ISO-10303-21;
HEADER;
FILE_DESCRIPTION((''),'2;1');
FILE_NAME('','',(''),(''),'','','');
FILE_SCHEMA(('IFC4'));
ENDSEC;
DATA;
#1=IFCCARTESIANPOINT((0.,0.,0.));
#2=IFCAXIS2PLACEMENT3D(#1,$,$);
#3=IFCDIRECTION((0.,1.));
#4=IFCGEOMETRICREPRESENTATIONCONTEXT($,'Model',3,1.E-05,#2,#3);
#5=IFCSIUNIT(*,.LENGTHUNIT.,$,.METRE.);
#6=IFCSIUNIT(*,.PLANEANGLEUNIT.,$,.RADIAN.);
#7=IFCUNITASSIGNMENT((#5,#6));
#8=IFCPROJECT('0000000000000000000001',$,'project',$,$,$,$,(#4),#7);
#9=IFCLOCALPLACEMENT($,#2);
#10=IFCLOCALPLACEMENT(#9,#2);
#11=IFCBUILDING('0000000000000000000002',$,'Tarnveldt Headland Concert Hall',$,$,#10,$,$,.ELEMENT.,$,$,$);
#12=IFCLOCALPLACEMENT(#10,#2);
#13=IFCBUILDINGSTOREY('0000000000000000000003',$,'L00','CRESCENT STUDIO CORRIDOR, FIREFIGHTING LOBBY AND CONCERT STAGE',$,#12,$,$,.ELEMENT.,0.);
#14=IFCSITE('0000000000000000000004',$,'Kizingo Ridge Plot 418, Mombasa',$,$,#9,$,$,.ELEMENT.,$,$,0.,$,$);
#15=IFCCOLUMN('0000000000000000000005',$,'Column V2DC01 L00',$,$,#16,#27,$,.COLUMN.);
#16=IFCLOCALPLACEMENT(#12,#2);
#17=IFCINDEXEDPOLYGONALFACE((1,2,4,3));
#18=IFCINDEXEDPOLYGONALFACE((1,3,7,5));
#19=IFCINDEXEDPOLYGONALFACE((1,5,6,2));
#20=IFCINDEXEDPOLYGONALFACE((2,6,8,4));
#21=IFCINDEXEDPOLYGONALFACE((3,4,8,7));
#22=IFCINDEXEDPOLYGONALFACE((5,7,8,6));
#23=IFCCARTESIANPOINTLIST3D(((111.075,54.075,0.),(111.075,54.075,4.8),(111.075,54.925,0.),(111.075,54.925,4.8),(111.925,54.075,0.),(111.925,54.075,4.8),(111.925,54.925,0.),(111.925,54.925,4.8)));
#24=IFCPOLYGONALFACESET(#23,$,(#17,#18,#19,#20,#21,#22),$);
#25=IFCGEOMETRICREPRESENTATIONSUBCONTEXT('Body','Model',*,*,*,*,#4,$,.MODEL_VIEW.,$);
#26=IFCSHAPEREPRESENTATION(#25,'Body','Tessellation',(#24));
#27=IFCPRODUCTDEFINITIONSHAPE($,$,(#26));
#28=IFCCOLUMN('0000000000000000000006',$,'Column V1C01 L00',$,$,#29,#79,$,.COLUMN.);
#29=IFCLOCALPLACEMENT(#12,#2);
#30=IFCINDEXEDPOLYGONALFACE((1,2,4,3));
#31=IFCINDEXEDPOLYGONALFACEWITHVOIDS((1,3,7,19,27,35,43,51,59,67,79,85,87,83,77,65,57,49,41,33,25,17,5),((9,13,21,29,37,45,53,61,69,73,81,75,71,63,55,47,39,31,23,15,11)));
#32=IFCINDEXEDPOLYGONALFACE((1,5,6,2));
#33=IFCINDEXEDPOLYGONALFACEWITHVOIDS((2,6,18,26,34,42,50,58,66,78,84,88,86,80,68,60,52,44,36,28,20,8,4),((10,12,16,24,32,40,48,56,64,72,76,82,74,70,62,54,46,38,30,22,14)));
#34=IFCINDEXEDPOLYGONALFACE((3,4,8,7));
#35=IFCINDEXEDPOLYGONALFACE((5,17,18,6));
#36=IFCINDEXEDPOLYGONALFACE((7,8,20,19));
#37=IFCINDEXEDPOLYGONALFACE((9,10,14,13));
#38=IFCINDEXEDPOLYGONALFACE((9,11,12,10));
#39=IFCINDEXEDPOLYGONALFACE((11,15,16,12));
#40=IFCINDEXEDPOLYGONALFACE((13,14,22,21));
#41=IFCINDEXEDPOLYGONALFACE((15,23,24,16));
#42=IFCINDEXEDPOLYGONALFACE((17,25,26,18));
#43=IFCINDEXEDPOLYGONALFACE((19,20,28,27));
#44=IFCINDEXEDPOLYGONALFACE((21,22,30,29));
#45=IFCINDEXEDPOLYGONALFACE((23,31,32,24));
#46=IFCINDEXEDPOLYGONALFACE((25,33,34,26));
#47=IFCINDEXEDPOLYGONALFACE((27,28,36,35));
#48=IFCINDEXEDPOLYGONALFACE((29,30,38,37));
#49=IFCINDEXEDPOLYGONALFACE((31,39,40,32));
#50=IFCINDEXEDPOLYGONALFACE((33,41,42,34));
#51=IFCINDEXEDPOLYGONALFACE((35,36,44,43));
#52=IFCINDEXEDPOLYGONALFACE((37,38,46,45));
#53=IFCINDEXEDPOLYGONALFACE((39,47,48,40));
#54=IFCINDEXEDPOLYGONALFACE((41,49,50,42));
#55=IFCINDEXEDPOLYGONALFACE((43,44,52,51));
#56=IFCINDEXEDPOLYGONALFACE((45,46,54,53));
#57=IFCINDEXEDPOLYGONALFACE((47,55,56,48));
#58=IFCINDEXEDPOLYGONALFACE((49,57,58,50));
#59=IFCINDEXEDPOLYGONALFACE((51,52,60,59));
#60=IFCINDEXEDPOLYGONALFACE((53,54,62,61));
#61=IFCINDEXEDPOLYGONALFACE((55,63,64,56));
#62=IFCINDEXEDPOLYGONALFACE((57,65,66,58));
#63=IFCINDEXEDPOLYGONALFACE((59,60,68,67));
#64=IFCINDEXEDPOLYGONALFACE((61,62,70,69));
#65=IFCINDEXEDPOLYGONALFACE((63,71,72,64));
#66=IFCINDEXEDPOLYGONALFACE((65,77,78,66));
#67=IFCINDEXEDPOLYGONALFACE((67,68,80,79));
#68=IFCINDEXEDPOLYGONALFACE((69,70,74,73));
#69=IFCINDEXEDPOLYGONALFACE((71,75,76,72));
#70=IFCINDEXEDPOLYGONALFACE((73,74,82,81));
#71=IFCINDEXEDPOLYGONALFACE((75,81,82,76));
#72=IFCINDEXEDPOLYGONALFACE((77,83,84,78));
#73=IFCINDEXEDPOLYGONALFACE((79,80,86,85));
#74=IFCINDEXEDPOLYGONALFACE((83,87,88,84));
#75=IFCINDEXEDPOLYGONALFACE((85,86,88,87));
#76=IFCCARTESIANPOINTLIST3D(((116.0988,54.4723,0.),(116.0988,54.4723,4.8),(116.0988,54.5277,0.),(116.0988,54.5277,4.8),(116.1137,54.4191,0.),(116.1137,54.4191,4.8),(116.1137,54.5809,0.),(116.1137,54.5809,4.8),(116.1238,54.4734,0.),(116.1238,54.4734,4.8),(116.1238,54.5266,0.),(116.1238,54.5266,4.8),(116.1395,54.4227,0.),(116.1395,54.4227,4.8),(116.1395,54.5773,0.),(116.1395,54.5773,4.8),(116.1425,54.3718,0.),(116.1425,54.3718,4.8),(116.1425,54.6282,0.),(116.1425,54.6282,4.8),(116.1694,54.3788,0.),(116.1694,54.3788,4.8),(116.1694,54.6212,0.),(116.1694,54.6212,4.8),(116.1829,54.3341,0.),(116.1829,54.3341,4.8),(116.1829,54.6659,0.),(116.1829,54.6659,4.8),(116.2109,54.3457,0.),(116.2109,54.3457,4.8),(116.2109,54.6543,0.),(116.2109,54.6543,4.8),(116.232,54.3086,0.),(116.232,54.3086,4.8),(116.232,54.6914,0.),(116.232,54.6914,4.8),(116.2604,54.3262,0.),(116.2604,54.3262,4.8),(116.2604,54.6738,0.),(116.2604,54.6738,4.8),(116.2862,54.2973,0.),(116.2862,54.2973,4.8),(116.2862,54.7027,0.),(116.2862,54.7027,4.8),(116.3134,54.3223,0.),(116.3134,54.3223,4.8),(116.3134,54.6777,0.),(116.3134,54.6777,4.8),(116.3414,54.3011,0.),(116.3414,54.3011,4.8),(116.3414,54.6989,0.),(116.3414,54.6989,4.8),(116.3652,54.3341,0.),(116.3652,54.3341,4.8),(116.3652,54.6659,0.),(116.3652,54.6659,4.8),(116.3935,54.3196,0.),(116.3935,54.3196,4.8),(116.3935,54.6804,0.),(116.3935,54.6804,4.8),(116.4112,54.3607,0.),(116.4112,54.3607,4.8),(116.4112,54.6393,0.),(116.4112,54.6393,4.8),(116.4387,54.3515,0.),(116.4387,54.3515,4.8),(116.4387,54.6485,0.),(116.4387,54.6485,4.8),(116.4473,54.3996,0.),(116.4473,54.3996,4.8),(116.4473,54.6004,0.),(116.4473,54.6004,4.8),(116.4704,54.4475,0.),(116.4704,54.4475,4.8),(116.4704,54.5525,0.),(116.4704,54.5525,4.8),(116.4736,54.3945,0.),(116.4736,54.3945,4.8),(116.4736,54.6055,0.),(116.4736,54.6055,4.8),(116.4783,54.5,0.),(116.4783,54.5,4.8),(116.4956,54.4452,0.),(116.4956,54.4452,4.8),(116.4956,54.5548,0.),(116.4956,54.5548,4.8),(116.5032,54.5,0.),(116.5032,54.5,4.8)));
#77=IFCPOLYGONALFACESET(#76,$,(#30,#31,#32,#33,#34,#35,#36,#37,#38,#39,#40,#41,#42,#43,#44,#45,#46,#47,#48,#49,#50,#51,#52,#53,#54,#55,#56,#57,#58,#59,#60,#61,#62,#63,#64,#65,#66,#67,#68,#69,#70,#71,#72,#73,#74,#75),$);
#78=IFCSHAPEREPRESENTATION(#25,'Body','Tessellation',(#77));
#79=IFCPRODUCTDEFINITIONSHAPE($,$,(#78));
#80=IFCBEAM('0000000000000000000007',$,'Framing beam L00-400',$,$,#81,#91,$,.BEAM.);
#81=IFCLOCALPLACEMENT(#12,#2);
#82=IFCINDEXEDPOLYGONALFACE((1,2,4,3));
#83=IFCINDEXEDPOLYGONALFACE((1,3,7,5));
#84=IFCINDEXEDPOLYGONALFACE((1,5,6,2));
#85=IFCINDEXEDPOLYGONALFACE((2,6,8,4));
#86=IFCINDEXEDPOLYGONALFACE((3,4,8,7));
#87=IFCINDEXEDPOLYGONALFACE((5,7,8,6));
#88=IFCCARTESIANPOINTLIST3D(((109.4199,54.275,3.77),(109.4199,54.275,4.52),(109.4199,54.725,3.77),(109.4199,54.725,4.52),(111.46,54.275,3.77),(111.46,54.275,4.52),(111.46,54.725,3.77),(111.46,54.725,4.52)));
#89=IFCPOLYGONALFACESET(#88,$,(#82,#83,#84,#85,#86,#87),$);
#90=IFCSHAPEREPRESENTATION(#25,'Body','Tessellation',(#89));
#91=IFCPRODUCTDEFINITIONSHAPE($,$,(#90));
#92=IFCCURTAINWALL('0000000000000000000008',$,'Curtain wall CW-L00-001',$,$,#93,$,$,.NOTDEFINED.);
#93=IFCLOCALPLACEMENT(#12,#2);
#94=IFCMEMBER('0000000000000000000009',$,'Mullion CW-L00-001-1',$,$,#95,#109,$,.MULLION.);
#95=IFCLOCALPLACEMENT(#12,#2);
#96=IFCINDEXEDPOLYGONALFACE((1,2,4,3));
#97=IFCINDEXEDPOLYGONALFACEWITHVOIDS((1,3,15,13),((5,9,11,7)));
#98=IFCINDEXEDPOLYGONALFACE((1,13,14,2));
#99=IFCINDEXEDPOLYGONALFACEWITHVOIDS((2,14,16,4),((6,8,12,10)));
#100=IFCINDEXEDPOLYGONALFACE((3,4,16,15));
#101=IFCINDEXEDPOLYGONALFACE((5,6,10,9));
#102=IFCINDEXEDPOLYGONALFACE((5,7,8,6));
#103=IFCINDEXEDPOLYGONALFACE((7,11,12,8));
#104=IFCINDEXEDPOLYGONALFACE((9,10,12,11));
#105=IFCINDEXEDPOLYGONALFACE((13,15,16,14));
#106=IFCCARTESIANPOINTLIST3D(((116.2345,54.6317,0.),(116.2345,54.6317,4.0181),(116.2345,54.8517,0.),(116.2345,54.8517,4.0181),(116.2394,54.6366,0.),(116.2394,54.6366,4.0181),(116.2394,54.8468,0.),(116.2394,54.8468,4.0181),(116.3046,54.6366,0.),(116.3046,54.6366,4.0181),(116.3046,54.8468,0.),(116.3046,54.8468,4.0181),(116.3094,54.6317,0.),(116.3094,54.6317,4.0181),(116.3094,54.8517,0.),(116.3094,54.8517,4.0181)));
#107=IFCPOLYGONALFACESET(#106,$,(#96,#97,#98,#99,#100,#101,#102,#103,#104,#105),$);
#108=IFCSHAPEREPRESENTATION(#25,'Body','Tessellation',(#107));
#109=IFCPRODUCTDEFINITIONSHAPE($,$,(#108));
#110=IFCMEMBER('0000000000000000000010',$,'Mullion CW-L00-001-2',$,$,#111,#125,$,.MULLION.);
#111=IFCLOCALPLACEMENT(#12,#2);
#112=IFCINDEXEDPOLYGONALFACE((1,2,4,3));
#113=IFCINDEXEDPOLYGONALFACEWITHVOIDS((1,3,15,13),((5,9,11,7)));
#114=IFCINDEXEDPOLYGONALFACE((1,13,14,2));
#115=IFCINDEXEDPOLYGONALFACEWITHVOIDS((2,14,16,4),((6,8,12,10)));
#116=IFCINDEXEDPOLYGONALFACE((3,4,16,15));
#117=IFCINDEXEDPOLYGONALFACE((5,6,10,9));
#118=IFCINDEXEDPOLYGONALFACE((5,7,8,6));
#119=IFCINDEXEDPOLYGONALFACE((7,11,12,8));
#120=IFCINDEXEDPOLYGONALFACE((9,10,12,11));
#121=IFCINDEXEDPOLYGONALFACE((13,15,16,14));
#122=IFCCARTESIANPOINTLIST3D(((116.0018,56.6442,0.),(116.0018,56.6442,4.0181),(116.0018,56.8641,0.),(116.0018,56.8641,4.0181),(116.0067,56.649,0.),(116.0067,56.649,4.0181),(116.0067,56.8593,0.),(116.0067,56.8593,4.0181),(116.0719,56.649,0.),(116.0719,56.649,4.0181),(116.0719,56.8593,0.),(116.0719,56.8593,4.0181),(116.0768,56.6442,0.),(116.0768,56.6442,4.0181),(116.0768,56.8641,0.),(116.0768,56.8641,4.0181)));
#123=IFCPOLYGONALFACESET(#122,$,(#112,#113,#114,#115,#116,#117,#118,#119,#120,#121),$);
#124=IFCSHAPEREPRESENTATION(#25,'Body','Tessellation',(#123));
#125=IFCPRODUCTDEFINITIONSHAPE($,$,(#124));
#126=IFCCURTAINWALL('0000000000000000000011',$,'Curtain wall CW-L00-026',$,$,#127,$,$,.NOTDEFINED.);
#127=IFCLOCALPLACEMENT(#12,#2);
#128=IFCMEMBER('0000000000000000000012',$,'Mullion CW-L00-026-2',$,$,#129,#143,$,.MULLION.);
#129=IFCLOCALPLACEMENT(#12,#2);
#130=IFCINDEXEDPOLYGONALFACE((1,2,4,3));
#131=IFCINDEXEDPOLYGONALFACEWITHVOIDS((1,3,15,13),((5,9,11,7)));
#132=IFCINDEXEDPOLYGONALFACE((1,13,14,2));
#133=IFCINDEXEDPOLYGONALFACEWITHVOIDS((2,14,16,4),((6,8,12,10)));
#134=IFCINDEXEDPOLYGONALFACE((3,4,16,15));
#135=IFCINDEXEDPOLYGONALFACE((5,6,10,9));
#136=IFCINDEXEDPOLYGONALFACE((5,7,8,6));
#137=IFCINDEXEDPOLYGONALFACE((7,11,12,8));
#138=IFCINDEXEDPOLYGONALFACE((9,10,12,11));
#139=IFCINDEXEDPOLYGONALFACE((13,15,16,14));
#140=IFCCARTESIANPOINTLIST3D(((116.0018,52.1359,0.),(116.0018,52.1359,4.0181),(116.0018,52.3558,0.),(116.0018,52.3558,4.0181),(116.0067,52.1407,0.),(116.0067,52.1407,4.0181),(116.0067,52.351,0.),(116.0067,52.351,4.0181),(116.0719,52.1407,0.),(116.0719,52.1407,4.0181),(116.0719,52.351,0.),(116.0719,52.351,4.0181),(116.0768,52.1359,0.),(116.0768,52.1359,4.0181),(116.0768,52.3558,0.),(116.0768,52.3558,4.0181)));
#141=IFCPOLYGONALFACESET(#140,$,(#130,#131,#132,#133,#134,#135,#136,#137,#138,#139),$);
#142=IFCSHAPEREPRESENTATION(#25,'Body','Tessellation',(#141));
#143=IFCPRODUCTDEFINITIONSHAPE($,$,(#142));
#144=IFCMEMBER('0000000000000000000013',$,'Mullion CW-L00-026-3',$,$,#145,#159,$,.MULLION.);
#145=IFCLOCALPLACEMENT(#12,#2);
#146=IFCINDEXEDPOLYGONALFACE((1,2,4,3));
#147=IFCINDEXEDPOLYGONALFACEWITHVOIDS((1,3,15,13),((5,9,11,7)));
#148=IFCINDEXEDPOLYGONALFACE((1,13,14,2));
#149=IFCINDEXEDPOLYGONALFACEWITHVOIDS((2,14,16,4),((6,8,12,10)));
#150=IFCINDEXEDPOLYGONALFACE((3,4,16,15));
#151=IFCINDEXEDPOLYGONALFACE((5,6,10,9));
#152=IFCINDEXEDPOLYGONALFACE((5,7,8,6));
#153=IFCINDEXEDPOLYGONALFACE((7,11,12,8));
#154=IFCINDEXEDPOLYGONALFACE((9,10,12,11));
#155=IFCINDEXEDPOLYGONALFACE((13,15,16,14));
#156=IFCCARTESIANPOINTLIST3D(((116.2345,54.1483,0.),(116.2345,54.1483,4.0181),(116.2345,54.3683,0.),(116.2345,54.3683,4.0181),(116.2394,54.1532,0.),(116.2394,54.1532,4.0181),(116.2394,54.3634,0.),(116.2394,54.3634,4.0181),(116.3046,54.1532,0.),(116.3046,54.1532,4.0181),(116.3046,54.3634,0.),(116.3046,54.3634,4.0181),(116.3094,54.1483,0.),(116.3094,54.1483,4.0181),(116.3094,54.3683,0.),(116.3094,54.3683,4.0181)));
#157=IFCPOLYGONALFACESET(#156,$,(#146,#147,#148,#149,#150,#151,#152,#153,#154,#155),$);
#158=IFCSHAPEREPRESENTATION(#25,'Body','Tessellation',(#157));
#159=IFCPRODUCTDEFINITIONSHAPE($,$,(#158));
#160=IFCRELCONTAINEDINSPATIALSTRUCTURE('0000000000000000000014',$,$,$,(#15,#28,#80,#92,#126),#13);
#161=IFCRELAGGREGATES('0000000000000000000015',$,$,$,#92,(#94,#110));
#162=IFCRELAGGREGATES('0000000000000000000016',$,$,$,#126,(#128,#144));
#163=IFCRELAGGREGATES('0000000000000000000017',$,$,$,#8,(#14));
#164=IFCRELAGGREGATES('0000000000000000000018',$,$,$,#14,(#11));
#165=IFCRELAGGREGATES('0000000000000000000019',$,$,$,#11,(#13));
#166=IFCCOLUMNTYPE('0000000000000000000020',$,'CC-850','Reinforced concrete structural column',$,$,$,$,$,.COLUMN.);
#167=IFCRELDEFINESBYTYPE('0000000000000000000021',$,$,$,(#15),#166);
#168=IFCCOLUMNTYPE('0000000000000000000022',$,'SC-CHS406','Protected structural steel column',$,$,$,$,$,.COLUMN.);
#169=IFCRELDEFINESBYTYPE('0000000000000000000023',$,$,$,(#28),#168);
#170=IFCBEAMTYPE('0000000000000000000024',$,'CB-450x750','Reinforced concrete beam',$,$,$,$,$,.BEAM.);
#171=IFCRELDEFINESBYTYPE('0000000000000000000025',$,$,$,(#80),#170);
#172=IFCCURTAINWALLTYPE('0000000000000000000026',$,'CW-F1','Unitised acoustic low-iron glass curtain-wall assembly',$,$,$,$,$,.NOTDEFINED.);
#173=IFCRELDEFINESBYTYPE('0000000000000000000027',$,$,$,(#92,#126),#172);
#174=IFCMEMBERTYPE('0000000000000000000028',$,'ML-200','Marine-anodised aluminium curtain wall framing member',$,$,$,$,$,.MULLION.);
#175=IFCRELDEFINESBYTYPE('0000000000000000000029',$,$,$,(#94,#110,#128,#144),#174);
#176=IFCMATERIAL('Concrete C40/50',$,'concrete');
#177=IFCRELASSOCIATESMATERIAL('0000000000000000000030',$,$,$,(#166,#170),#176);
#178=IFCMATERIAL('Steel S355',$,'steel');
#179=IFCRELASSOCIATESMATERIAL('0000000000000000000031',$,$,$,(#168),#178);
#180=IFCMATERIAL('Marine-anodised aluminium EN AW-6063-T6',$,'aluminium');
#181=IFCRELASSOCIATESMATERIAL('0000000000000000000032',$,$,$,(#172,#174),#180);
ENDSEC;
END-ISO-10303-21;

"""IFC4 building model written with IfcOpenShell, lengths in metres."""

from ifc_helpers import new_model, si_unit, direction, frame, origin, origin_2d, place, context, subcontext, project, spatial, rectangle, hollow_rectangle, hollow_circle, extrude, material, material_profile, profile_set, type_object, element, aggregate, save


model = new_model("IFC4")

# Units and contexts
model_context = context("Model", 3, precision=1e-05, world=origin(), true_north=direction((0.0, 1.0)))
body_context = subcontext(model_context, "Body", "Model", "MODEL_VIEW")
ifc_project = project(units=[si_unit("LENGTHUNIT", "METRE"), si_unit("PLANEANGLEUNIT", "RADIAN")], contexts=[model_context])

# Site, building, storey
site_placement = place(None, origin())
site = spatial("IfcSite", under=ifc_project, at=site_placement, Name="Kizingo Ridge Plot 418, Mombasa", CompositionType="ELEMENT", RefElevation=0.0)
building_placement = place(site_placement, origin())
building = spatial("IfcBuilding", under=site, at=building_placement, Name="Tarnveldt Headland Concert Hall", CompositionType="ELEMENT")
storey_placement = place(building_placement, origin())
storey = spatial("IfcBuildingStorey", under=building, at=storey_placement, Name="L00", Description="CRESCENT STUDIO CORRIDOR, FIREFIGHTING LOBBY AND CONCERT STAGE", CompositionType="ELEMENT", Elevation=0.0)

# Columns
ifc_material_1 = material(Name="Concrete C40/50", Category="concrete")
ifc_material_profile_1 = material_profile(ifc_material_1, rectangle(XDim=0.8501, YDim=0.8501, at=origin_2d()), Name="RC 850x850", Category="concrete")
ifc_profile_set_1 = profile_set([ifc_material_profile_1], Name="Concrete C40/50")
column_type_1 = type_object("IfcColumnType", Name="CC-850", Description="Reinforced concrete structural column", PredefinedType="COLUMN", material=ifc_profile_set_1)
column_1_placement = place(storey_placement, frame((111.5, 54.5, 0.0), z_axis=(0.0, 0.0, 1.0), x_axis=(1.0, 0.0, 0.0)))
element("IfcColumn", 1, at=column_1_placement, inside=storey, type_object=column_type_1, Name="Column V2DC01 L00", PredefinedType="COLUMN", context=body_context, shape_type="SweptSolid", body=[
    extrude(rectangle(XDim=0.8501, YDim=0.8501, at=origin_2d()), origin(), (0.0, 0.0, 1.0), 4.8),
])
ifc_material_2 = material(Name="Steel S355", Category="steel")
ifc_material_profile_2 = material_profile(ifc_material_2, hollow_circle(Radius=0.2031, WallThickness=0.0249, at=origin_2d()), Name="CHS 406.4x25", Category="steel")
ifc_profile_set_2 = profile_set([ifc_material_profile_2], Name="Steel S355")
column_type_2 = type_object("IfcColumnType", Name="SC-CHS406", Description="Protected structural steel column", PredefinedType="COLUMN", material=ifc_profile_set_2)
column_2_placement = place(storey_placement, frame((116.3, 54.5, 0.0), z_axis=(0.0, 0.0, 1.0), x_axis=(1.0, 0.0, 0.0)))
element("IfcColumn", 2, at=column_2_placement, inside=storey, type_object=column_type_2, Name="Column V1C01 L00", PredefinedType="COLUMN", context=body_context, shape_type="SweptSolid", body=[
    extrude(hollow_circle(Radius=0.2031, WallThickness=0.0249, at=origin_2d()), origin(), (0.0, 0.0, 1.0), 4.8),
])

# Beam
ifc_material_profile_3 = material_profile(ifc_material_1, rectangle(XDim=0.45, YDim=0.75, at=origin_2d()), Name="RC 450x750", Category="concrete")
ifc_profile_set_3 = profile_set([ifc_material_profile_3], Name="Concrete C40/50")
beam_type_1 = type_object("IfcBeamType", Name="CB-450x750", Description="Reinforced concrete beam", PredefinedType="BEAM", material=ifc_profile_set_3)
beam_1_placement = place(storey_placement, frame((109.4199, 54.5, 4.145), z_axis=(1.0, 0.0, 0.0), x_axis=(0.0, 1.0, 0.0)))
element("IfcBeam", 3, at=beam_1_placement, inside=storey, type_object=beam_type_1, Name="Framing beam L00-400", PredefinedType="BEAM", context=body_context, shape_type="SweptSolid", body=[
    extrude(rectangle(XDim=0.45, YDim=0.75, at=origin_2d()), origin(), (0.0, 0.0, 1.0), 2.04),
])

# Curtain walls, members
ifc_material_3 = material(Name="Marine-anodised aluminium EN AW-6063-T6", Category="aluminium")
curtain_wall_type = type_object("IfcCurtainWallType", Name="CW-F1", Description="Unitised acoustic low-iron glass curtain-wall assembly", PredefinedType="NOTDEFINED", material=ifc_material_3)
curtain_wall_1_placement = place(storey_placement, origin())
curtain_wall_1 = element("IfcCurtainWall", 4, at=curtain_wall_1_placement, inside=storey, type_object=curtain_wall_type, Name="Curtain wall CW-L00-001", PredefinedType="NOTDEFINED")
ifc_material_profile_4 = material_profile(ifc_material_3, hollow_rectangle(XDim=0.075, YDim=0.22, WallThickness=0.0049, at=origin_2d()), Name="ALU MULLION 75x220x5", Category="aluminium")
ifc_profile_set_4 = profile_set([ifc_material_profile_4], Name="Marine-anodised aluminium EN AW-6063-T6")
member_type_1 = type_object("IfcMemberType", Name="ML-200", Description="Marine-anodised aluminium curtain wall framing member", PredefinedType="MULLION", material=ifc_profile_set_4)
member_1_placement = place(storey_placement, frame((116.272, 54.7417, 0.0), z_axis=(0.0, 0.0, 1.0), x_axis=(1.0, 0.0, 0.0)))
member_1 = element("IfcMember", 5, at=member_1_placement, type_object=member_type_1, Name="Mullion CW-L00-001-1", PredefinedType="MULLION", context=body_context, shape_type="SweptSolid", body=[
    extrude(hollow_rectangle(XDim=0.075, YDim=0.22, WallThickness=0.0049, at=origin_2d()), origin(), (0.0, 0.0, 1.0), 4.0181),
])
member_2_placement = place(storey_placement, frame((116.0393, 56.7542, 0.0), z_axis=(0.0, 0.0, 1.0), x_axis=(1.0, 0.0, 0.0)))
member_2 = element("IfcMember", 6, at=member_2_placement, type_object=member_type_1, Name="Mullion CW-L00-001-2", PredefinedType="MULLION", context=body_context, shape_type="SweptSolid", body=[
    extrude(hollow_rectangle(XDim=0.075, YDim=0.22, WallThickness=0.0049, at=origin_2d()), origin(), (0.0, 0.0, 1.0), 4.0181),
])
curtain_wall_2_placement = place(storey_placement, origin())
curtain_wall_2 = element("IfcCurtainWall", 7, at=curtain_wall_2_placement, inside=storey, type_object=curtain_wall_type, Name="Curtain wall CW-L00-026", PredefinedType="NOTDEFINED")
member_3_placement = place(storey_placement, frame((116.0393, 52.2458, 0.0), z_axis=(0.0, 0.0, 1.0), x_axis=(1.0, 0.0, 0.0)))
member_3 = element("IfcMember", 8, at=member_3_placement, type_object=member_type_1, Name="Mullion CW-L00-026-2", PredefinedType="MULLION", context=body_context, shape_type="SweptSolid", body=[
    extrude(hollow_rectangle(XDim=0.075, YDim=0.22, WallThickness=0.0049, at=origin_2d()), origin(), (0.0, 0.0, 1.0), 4.0181),
])
member_4_placement = place(storey_placement, frame((116.272, 54.2583, 0.0), z_axis=(0.0, 0.0, 1.0), x_axis=(1.0, 0.0, 0.0)))
member_4 = element("IfcMember", 9, at=member_4_placement, type_object=member_type_1, Name="Mullion CW-L00-026-3", PredefinedType="MULLION", context=body_context, shape_type="SweptSolid", body=[
    extrude(hollow_rectangle(XDim=0.075, YDim=0.22, WallThickness=0.0049, at=origin_2d()), origin(), (0.0, 0.0, 1.0), 4.0181),
])

aggregate(curtain_wall_1, [member_1, member_2])
aggregate(curtain_wall_2, [member_3, member_4])

save(model, "model.ifc")
